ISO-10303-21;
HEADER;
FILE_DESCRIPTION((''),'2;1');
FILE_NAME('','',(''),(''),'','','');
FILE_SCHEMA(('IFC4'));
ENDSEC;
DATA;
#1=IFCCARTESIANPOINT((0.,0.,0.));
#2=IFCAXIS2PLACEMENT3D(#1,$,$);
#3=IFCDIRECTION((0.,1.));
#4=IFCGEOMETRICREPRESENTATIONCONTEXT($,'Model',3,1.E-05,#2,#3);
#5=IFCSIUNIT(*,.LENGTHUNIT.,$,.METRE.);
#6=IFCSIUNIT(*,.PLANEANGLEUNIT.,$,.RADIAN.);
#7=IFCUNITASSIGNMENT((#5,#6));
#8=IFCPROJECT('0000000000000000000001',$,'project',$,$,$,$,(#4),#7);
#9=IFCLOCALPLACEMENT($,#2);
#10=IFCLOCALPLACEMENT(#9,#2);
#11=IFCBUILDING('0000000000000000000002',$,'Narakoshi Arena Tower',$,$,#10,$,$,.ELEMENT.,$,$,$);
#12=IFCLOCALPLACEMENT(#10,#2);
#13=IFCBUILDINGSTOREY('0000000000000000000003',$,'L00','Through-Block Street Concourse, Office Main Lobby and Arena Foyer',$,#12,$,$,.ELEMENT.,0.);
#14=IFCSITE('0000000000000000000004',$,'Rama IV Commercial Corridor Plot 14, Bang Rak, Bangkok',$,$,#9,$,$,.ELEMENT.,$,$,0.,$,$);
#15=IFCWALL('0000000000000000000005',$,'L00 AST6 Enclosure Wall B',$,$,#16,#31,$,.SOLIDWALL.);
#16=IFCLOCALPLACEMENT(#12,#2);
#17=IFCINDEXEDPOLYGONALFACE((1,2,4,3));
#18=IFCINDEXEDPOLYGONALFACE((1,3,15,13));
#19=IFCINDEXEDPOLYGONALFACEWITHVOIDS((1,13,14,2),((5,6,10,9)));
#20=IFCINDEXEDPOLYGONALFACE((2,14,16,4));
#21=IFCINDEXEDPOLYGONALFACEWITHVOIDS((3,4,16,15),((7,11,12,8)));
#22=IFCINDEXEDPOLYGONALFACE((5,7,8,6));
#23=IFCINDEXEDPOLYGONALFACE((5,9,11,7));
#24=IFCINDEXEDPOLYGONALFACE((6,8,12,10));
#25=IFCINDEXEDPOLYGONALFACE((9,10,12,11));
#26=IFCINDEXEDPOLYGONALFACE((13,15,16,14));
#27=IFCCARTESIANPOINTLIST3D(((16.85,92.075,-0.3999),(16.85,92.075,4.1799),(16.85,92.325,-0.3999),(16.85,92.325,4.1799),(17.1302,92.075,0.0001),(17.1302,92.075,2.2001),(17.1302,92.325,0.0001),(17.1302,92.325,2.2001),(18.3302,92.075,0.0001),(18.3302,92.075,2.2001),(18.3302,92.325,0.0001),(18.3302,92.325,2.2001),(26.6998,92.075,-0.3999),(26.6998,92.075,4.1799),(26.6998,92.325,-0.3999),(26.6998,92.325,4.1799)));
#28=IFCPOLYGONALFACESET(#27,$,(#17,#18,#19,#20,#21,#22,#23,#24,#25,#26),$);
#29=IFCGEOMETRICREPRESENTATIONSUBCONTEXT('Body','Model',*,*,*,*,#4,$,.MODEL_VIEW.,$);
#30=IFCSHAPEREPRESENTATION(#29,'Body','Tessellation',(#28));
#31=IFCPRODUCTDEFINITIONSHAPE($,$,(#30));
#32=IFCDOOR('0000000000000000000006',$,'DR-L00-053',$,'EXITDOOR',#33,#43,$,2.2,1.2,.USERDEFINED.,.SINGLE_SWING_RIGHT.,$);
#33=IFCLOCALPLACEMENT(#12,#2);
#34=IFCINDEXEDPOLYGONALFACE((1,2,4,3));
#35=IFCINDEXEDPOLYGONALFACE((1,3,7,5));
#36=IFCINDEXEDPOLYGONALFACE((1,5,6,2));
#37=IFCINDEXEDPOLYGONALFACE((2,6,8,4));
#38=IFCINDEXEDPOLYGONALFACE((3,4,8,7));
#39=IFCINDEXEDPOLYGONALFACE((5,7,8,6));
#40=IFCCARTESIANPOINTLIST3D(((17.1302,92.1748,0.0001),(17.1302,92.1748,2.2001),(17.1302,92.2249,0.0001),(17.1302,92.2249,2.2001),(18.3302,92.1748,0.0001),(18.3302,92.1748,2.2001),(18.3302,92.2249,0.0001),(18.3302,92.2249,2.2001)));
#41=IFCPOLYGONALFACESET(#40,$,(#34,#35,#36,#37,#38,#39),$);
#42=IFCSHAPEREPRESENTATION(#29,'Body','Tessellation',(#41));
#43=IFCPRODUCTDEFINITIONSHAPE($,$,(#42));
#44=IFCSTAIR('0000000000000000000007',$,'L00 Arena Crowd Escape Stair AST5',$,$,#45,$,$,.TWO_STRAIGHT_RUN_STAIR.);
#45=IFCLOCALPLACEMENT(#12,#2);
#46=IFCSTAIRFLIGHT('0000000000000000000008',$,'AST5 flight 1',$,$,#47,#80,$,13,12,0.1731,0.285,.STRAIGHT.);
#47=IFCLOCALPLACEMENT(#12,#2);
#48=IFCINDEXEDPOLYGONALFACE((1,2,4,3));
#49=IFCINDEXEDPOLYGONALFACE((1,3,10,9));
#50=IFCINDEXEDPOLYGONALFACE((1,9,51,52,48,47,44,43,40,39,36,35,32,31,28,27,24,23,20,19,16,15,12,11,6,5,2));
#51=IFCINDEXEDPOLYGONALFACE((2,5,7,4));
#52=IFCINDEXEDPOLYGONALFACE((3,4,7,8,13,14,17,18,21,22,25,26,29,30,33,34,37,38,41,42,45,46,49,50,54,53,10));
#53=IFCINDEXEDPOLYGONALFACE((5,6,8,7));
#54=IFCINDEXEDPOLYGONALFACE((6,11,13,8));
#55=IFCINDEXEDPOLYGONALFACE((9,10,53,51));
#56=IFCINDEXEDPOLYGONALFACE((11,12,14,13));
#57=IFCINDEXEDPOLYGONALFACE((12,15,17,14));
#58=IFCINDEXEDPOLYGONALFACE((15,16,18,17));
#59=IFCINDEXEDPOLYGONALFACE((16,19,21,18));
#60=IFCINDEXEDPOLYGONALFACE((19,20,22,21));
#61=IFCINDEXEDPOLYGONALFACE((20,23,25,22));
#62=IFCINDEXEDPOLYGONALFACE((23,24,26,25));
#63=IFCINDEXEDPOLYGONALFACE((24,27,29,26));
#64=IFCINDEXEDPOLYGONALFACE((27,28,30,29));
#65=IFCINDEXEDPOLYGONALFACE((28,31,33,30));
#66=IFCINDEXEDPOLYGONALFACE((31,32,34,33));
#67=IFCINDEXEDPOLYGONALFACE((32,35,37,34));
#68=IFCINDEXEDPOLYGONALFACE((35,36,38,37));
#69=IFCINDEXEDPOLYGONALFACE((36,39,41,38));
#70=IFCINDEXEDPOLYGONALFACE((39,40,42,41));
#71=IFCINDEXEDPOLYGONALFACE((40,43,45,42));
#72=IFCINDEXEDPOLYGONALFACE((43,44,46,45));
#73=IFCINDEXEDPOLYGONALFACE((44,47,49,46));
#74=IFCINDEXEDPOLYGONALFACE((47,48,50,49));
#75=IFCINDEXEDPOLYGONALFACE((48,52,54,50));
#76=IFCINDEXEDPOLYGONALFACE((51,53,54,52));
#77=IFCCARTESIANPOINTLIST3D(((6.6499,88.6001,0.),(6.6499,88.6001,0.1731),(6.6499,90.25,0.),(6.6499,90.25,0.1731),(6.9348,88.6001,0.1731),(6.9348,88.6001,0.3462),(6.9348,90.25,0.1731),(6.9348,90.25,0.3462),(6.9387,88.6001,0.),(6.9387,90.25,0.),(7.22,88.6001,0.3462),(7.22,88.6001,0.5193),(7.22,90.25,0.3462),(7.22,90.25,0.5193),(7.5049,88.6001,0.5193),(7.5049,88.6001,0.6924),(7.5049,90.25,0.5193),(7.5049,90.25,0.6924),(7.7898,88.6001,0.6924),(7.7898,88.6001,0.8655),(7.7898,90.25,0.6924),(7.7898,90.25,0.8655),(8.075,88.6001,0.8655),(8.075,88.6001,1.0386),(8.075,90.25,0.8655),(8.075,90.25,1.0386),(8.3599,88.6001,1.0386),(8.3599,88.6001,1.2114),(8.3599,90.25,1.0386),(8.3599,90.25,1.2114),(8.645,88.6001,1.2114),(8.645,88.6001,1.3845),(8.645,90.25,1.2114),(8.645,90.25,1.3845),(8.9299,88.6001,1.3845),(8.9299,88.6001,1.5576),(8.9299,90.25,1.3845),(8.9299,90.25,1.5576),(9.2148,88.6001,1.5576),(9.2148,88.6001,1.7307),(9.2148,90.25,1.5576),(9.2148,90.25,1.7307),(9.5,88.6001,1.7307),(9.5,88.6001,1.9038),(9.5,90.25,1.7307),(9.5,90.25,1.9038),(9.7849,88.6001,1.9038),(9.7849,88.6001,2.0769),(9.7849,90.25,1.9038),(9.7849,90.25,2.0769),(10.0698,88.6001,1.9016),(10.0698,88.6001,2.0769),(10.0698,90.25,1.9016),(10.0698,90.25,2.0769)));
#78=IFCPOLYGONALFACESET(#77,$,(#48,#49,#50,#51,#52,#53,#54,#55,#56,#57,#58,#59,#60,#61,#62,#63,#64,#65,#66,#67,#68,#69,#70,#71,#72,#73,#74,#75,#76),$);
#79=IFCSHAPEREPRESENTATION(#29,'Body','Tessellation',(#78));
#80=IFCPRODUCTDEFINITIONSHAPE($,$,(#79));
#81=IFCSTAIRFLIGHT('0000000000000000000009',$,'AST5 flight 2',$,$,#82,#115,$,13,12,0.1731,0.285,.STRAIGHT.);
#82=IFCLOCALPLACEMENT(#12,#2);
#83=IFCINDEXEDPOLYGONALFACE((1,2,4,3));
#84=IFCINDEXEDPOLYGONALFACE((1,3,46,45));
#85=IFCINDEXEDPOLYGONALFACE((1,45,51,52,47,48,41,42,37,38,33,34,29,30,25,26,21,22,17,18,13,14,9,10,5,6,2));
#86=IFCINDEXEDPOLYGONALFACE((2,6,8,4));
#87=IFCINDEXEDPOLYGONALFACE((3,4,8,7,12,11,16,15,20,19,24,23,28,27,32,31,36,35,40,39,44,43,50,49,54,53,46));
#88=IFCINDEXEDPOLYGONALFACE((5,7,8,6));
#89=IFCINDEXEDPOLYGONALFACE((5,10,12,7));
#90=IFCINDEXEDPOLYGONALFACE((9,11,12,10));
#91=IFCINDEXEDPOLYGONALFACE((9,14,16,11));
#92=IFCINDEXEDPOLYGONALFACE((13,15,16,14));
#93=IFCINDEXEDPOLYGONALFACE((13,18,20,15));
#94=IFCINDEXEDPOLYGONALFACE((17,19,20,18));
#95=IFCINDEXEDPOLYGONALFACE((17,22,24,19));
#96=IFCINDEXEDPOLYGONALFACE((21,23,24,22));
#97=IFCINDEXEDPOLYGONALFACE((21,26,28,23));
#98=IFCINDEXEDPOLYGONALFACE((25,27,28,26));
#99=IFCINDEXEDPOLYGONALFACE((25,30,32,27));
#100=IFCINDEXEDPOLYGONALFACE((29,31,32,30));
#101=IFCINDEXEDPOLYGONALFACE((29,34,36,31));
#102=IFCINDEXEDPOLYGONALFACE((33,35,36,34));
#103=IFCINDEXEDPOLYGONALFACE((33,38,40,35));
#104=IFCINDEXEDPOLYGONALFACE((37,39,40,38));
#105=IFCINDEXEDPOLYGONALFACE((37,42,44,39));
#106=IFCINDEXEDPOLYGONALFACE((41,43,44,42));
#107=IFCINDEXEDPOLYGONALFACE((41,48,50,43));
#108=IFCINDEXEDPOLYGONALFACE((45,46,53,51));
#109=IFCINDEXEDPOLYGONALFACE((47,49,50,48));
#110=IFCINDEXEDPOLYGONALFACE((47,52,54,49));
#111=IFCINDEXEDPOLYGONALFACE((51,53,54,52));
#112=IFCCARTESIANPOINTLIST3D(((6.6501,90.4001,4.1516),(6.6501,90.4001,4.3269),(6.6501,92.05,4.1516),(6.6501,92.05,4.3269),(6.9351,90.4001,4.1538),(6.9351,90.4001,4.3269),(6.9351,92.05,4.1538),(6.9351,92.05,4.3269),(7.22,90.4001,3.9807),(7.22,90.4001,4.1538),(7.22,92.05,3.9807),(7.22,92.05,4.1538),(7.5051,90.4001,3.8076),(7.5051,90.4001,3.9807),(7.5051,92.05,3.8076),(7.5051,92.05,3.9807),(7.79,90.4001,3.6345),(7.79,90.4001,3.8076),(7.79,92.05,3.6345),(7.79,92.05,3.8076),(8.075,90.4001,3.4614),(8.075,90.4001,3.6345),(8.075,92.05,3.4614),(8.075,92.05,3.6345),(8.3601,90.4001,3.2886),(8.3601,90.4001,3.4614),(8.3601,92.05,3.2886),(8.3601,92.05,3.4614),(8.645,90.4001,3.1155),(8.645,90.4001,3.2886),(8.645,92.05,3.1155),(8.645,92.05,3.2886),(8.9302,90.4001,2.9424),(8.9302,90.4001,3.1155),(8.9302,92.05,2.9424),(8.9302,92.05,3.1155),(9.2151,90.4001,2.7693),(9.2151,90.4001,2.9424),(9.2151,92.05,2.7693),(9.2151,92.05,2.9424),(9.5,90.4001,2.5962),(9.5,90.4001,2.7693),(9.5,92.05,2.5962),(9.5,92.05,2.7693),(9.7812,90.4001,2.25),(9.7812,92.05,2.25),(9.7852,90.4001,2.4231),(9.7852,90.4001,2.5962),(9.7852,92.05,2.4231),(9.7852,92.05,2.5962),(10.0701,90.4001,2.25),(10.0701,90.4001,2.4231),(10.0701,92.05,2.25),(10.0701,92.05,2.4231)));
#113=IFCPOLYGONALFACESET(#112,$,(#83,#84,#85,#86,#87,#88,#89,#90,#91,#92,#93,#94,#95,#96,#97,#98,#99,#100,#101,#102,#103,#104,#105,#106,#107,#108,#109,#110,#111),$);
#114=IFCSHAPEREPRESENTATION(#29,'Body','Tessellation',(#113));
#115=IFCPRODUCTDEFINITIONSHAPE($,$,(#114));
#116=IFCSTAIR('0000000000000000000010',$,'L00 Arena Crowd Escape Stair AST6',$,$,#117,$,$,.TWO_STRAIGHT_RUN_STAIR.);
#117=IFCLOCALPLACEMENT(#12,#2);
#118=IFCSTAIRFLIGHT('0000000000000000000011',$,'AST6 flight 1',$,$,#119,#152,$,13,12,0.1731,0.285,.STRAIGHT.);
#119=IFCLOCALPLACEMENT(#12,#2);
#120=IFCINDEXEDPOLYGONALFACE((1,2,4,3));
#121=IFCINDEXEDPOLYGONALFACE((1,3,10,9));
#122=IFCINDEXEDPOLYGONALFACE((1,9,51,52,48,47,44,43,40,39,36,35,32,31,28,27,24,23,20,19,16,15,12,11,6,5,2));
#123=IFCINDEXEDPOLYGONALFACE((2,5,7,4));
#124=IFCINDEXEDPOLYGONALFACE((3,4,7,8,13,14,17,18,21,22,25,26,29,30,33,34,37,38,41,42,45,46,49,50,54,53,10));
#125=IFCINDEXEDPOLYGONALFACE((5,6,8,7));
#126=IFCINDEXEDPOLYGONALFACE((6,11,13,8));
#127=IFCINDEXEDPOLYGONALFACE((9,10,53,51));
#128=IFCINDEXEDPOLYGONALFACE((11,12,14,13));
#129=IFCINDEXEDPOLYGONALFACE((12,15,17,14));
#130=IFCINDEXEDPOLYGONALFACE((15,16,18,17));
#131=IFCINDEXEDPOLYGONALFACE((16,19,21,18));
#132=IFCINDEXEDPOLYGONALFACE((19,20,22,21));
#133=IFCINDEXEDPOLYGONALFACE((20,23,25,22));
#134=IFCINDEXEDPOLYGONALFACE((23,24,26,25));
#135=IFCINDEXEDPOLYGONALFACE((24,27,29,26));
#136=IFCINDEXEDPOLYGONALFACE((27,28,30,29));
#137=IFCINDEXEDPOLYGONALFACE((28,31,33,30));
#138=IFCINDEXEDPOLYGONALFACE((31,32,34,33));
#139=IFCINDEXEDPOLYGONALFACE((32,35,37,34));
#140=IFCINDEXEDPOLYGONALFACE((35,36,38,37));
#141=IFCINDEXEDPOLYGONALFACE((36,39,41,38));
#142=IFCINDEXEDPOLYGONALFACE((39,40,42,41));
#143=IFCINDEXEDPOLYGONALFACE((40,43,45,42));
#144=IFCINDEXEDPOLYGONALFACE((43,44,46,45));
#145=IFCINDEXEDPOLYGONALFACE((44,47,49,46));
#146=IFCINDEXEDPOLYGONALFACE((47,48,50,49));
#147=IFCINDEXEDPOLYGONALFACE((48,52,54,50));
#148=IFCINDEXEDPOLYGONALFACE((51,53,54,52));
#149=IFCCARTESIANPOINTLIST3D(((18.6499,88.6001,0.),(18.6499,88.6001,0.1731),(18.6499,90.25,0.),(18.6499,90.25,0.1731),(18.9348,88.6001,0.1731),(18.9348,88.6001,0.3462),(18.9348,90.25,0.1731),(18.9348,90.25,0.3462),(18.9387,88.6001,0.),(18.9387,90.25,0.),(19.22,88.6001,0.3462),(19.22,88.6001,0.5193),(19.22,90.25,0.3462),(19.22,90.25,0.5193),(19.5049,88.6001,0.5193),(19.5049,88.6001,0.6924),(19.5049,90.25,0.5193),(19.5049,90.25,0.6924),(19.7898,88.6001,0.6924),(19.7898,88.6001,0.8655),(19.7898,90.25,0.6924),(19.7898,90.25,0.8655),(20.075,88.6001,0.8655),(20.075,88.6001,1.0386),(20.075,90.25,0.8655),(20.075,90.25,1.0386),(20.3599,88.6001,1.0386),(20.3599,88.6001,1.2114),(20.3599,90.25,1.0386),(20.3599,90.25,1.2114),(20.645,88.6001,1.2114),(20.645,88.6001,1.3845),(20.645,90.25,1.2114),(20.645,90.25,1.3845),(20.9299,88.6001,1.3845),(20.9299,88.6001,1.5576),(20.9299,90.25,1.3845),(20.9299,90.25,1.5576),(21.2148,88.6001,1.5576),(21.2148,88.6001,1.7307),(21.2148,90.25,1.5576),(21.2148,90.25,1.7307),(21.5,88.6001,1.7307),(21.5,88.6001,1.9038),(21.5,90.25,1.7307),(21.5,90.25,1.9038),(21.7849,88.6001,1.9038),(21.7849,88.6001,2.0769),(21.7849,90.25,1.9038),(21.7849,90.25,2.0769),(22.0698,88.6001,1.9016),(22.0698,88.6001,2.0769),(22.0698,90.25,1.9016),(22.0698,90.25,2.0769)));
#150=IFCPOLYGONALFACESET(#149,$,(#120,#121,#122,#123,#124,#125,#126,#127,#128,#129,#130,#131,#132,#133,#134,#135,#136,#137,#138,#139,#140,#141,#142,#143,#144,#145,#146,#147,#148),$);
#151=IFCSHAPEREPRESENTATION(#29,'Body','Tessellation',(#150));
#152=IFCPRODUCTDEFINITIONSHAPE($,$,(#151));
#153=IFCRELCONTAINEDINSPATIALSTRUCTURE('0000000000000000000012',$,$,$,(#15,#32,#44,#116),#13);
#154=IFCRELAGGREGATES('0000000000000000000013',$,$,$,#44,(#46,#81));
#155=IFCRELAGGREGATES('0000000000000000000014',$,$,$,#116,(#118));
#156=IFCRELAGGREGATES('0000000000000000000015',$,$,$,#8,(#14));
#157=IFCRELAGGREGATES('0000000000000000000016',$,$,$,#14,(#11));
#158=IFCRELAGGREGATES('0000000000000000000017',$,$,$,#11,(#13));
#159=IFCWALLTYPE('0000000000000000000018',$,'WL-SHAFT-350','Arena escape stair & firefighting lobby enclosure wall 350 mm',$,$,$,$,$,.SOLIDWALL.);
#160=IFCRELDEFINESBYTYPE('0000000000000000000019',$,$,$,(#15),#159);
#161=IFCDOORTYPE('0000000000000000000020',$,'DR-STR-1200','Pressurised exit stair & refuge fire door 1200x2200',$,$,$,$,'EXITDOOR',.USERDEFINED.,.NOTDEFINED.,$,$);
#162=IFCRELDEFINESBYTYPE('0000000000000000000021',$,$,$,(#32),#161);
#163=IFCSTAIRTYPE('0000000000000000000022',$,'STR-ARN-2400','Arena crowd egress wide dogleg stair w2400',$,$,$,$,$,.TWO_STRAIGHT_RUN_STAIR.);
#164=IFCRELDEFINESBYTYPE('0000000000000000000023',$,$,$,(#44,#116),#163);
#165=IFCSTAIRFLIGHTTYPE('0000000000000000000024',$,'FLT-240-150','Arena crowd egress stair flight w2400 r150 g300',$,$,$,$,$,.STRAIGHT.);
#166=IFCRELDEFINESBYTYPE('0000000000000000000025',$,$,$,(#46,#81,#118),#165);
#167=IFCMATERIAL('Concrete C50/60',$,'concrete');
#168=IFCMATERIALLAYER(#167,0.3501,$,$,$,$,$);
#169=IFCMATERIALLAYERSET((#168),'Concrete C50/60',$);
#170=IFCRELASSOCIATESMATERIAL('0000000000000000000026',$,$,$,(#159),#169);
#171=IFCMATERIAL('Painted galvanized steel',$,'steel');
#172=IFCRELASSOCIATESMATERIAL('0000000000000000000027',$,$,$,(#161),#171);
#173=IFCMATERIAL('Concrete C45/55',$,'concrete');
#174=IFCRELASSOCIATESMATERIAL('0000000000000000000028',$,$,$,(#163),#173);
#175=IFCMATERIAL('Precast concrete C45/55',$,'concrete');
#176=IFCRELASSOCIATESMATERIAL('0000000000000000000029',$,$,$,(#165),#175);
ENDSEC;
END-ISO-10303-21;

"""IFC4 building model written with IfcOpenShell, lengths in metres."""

from ifc_helpers import new_model, si_unit, direction, frame, frame_2d, origin, place, context, subcontext, project, spatial, polyline, rectangle, outline, extrude, material, layer, layer_set, type_object, element, fill, aggregate, save


model = new_model("IFC4")

# Units and contexts
model_context = context("Model", 3, precision=1e-05, world=origin(), true_north=direction((0.0, 1.0)))
body_context = subcontext(model_context, "Body", "Model", "MODEL_VIEW")
ifc_project = project(units=[si_unit("LENGTHUNIT", "METRE"), si_unit("PLANEANGLEUNIT", "RADIAN")], contexts=[model_context])

# Site, building, storey
site_placement = place(None, origin())
site = spatial("IfcSite", under=ifc_project, at=site_placement, Name="Rama IV Commercial Corridor Plot 14, Bang Rak, Bangkok", CompositionType="ELEMENT", RefElevation=0.0)
building_placement = place(site_placement, origin())
building = spatial("IfcBuilding", under=site, at=building_placement, Name="Narakoshi Arena Tower", CompositionType="ELEMENT")
storey_placement = place(building_placement, origin())
storey = spatial("IfcBuildingStorey", under=building, at=storey_placement, Name="L00", Description="Through-Block Street Concourse, Office Main Lobby and Arena Foyer", CompositionType="ELEMENT", Elevation=0.0)

# Shared definitions
ifc_material_1 = material(Name="Precast concrete C45/55", Category="concrete")
ifc_material_2 = material(Name="Painted galvanized steel", Category="steel")

# Shared definitions
ifc_material_3 = material(Name="Concrete C50/60", Category="concrete")
ifc_layer_1 = layer(ifc_material_3, 0.3501)
ifc_layer_set_1 = layer_set([ifc_layer_1], Name="Concrete C50/60")
wall_type_1 = type_object("IfcWallType", Name="WL-SHAFT-350", Description="Arena escape stair & firefighting lobby enclosure wall 350 mm", PredefinedType="SOLIDWALL", material=ifc_layer_set_1)
door_type_1 = type_object("IfcDoorType", Name="DR-STR-1200", Description="Pressurised exit stair & refuge fire door 1200x2200", ElementType="EXITDOOR", OperationType="NOTDEFINED", PredefinedType="USERDEFINED", material=ifc_material_2)

# Wall, opening, door
wall_1_placement = place(storey_placement, frame((16.8501, 92.2, -0.3999), z_axis=(0.0, 0.0, 1.0), x_axis=(1.0, 0.0, 0.0)))
wall_1 = element("IfcWall", 1, at=wall_1_placement, inside=storey, type_object=wall_type_1, Name="L00 AST6 Enclosure Wall B", PredefinedType="SOLIDWALL", context=body_context, shape_type="SweptSolid", body=[
    extrude(rectangle(XDim=9.8499, YDim=0.25, at=frame_2d((4.9248, 0.0))), origin(), (0.0, 0.0, 1.0), 4.5798),
])
opening_1_placement = place(wall_1_placement, frame((0.28, 0.0, 0.3999)))
opening_1 = element("IfcOpeningElement", 2, at=opening_1_placement, cuts=wall_1, PredefinedType="OPENING", context=body_context, shape_type="SweptSolid", body=[
    extrude(rectangle(XDim=1.2, YDim=2.2, at=frame_2d((0.6001, 1.1001))), frame((0.0, 0.135, 0.0), z_axis=(0.0, -1.0, 0.0), x_axis=(1.0, 0.0, 0.0)), (0.0, 0.0, 1.0), 0.27),
])
door_1_placement = place(opening_1_placement, origin())
door_1 = element("IfcDoor", 3, at=door_1_placement, inside=storey, type_object=door_type_1, Name="DR-L00-053", ObjectType="EXITDOOR", OperationType="SINGLE_SWING_RIGHT", OverallHeight=2.2, OverallWidth=1.2, PredefinedType="USERDEFINED", context=body_context, shape_type="SweptSolid", body=[
    extrude(rectangle(XDim=1.2, YDim=2.2, at=frame_2d((0.6001, 1.1001))), frame((0.0, 0.0249, 0.0), z_axis=(0.0, -1.0, 0.0), x_axis=(1.0, 0.0, 0.0)), (0.0, 0.0, 1.0), 0.05),
])
fill(opening_1, door_1)

# Stair, stair flights
ifc_material_4 = material(Name="Concrete C45/55", Category="concrete")
stair_type = type_object("IfcStairType", Name="STR-ARN-2400", Description="Arena crowd egress wide dogleg stair w2400", PredefinedType="TWO_STRAIGHT_RUN_STAIR", material=ifc_material_4)
stair_1_placement = place(storey_placement, origin())
stair_1 = element("IfcStair", 4, at=stair_1_placement, inside=storey, type_object=stair_type, Name="L00 Arena Crowd Escape Stair AST5", PredefinedType="TWO_STRAIGHT_RUN_STAIR")
stair_flight_type = type_object("IfcStairFlightType", Name="FLT-240-150", Description="Arena crowd egress stair flight w2400 r150 g300", PredefinedType="STRAIGHT", material=ifc_material_1)
stair_flight_1_placement = place(storey_placement, frame((6.6499, 89.425, 0.0), z_axis=(0.0, 0.0, 1.0), x_axis=(1.0, 0.0, 0.0)))
stair_flight_1 = element("IfcStairFlight", 5, at=stair_flight_1_placement, type_object=stair_flight_type, Name="AST5 flight 1", NumberOfRisers=13, NumberOfTreads=12, PredefinedType="STRAIGHT", RiserHeight=0.1731, TreadLength=0.285, context=body_context, shape_type="SweptSolid", body=[
    extrude(outline(polyline([(0.0, 0.0), (0.0, 0.1731), (0.2849, 0.1731), (0.2849, 0.3462), (0.5701, 0.3462), (0.5701, 0.5193), (0.855, 0.5193), (0.855, 0.6924), (1.1399, 0.6924), (1.1399, 0.8655), (1.425, 0.8655), (1.425, 1.0386), (1.71, 1.0386), (1.71, 1.2114), (1.9951, 1.2114), (1.9951, 1.3845), (2.28, 1.3845), (2.28, 1.5576), (2.5649, 1.5576), (2.5649, 1.7307), (2.8501, 1.7307), (2.8501, 1.9038), (3.135, 1.9038), (3.135, 2.0769), (3.4199, 2.0769), (3.4199, 2.25), (3.4199, 1.9016), (0.2888, 0.0), (0.0, 0.0)])), frame((0.0, 0.825, 0.0), z_axis=(0.0, -1.0, 0.0), x_axis=(1.0, 0.0, 0.0)), (0.0, 0.0, 1.0), 1.6499),
])
stair_flight_2_placement = place(storey_placement, frame((10.0701, 91.2251, 2.25), z_axis=(0.0, 0.0, 1.0), x_axis=(-1.0, 0.0, 0.0)))
stair_flight_2 = element("IfcStairFlight", 6, at=stair_flight_2_placement, type_object=stair_flight_type, Name="AST5 flight 2", NumberOfRisers=13, NumberOfTreads=12, PredefinedType="STRAIGHT", RiserHeight=0.1731, TreadLength=0.285, context=body_context, shape_type="SweptSolid", body=[
    extrude(outline(polyline([(0.0, 0.0), (0.0, 0.1731), (0.2849, 0.1731), (0.2849, 0.3462), (0.5701, 0.3462), (0.5701, 0.5193), (0.855, 0.5193), (0.855, 0.6924), (1.1399, 0.6924), (1.1399, 0.8655), (1.425, 0.8655), (1.425, 1.0386), (1.71, 1.0386), (1.71, 1.2114), (1.9951, 1.2114), (1.9951, 1.3845), (2.28, 1.3845), (2.28, 1.5576), (2.5649, 1.5576), (2.5649, 1.7307), (2.8501, 1.7307), (2.8501, 1.9038), (3.135, 1.9038), (3.135, 2.0769), (3.4199, 2.0769), (3.4199, 2.25), (3.4199, 1.9016), (0.2888, 0.0), (0.0, 0.0)])), frame((0.0, 0.825, 0.0), z_axis=(0.0, -1.0, 0.0), x_axis=(1.0, 0.0, 0.0)), (0.0, 0.0, 1.0), 1.6499),
])
aggregate(stair_1, [stair_flight_1, stair_flight_2])

# Stair, stair flight
stair_2_placement = place(storey_placement, origin())
stair_2 = element("IfcStair", 7, at=stair_2_placement, inside=storey, type_object=stair_type, Name="L00 Arena Crowd Escape Stair AST6", PredefinedType="TWO_STRAIGHT_RUN_STAIR")
stair_flight_3_placement = place(storey_placement, frame((18.6499, 89.425, 0.0), z_axis=(0.0, 0.0, 1.0), x_axis=(1.0, 0.0, 0.0)))
stair_flight_3 = element("IfcStairFlight", 8, at=stair_flight_3_placement, type_object=stair_flight_type, Name="AST6 flight 1", NumberOfRisers=13, NumberOfTreads=12, PredefinedType="STRAIGHT", RiserHeight=0.1731, TreadLength=0.285, context=body_context, shape_type="SweptSolid", body=[
    extrude(outline(polyline([(0.0, 0.0), (0.0, 0.1731), (0.2849, 0.1731), (0.2849, 0.3462), (0.5701, 0.3462), (0.5701, 0.5193), (0.855, 0.5193), (0.855, 0.6924), (1.1399, 0.6924), (1.1399, 0.8655), (1.425, 0.8655), (1.425, 1.0386), (1.71, 1.0386), (1.71, 1.2114), (1.9951, 1.2114), (1.9951, 1.3845), (2.28, 1.3845), (2.28, 1.5576), (2.5649, 1.5576), (2.5649, 1.7307), (2.8501, 1.7307), (2.8501, 1.9038), (3.135, 1.9038), (3.135, 2.0769), (3.4199, 2.0769), (3.4199, 2.25), (3.4199, 1.9016), (0.2888, 0.0), (0.0, 0.0)])), frame((0.0, 0.825, 0.0), z_axis=(0.0, -1.0, 0.0), x_axis=(1.0, 0.0, 0.0)), (0.0, 0.0, 1.0), 1.6499),
])
aggregate(stair_2, [stair_flight_3])

save(model, "model.ifc")
